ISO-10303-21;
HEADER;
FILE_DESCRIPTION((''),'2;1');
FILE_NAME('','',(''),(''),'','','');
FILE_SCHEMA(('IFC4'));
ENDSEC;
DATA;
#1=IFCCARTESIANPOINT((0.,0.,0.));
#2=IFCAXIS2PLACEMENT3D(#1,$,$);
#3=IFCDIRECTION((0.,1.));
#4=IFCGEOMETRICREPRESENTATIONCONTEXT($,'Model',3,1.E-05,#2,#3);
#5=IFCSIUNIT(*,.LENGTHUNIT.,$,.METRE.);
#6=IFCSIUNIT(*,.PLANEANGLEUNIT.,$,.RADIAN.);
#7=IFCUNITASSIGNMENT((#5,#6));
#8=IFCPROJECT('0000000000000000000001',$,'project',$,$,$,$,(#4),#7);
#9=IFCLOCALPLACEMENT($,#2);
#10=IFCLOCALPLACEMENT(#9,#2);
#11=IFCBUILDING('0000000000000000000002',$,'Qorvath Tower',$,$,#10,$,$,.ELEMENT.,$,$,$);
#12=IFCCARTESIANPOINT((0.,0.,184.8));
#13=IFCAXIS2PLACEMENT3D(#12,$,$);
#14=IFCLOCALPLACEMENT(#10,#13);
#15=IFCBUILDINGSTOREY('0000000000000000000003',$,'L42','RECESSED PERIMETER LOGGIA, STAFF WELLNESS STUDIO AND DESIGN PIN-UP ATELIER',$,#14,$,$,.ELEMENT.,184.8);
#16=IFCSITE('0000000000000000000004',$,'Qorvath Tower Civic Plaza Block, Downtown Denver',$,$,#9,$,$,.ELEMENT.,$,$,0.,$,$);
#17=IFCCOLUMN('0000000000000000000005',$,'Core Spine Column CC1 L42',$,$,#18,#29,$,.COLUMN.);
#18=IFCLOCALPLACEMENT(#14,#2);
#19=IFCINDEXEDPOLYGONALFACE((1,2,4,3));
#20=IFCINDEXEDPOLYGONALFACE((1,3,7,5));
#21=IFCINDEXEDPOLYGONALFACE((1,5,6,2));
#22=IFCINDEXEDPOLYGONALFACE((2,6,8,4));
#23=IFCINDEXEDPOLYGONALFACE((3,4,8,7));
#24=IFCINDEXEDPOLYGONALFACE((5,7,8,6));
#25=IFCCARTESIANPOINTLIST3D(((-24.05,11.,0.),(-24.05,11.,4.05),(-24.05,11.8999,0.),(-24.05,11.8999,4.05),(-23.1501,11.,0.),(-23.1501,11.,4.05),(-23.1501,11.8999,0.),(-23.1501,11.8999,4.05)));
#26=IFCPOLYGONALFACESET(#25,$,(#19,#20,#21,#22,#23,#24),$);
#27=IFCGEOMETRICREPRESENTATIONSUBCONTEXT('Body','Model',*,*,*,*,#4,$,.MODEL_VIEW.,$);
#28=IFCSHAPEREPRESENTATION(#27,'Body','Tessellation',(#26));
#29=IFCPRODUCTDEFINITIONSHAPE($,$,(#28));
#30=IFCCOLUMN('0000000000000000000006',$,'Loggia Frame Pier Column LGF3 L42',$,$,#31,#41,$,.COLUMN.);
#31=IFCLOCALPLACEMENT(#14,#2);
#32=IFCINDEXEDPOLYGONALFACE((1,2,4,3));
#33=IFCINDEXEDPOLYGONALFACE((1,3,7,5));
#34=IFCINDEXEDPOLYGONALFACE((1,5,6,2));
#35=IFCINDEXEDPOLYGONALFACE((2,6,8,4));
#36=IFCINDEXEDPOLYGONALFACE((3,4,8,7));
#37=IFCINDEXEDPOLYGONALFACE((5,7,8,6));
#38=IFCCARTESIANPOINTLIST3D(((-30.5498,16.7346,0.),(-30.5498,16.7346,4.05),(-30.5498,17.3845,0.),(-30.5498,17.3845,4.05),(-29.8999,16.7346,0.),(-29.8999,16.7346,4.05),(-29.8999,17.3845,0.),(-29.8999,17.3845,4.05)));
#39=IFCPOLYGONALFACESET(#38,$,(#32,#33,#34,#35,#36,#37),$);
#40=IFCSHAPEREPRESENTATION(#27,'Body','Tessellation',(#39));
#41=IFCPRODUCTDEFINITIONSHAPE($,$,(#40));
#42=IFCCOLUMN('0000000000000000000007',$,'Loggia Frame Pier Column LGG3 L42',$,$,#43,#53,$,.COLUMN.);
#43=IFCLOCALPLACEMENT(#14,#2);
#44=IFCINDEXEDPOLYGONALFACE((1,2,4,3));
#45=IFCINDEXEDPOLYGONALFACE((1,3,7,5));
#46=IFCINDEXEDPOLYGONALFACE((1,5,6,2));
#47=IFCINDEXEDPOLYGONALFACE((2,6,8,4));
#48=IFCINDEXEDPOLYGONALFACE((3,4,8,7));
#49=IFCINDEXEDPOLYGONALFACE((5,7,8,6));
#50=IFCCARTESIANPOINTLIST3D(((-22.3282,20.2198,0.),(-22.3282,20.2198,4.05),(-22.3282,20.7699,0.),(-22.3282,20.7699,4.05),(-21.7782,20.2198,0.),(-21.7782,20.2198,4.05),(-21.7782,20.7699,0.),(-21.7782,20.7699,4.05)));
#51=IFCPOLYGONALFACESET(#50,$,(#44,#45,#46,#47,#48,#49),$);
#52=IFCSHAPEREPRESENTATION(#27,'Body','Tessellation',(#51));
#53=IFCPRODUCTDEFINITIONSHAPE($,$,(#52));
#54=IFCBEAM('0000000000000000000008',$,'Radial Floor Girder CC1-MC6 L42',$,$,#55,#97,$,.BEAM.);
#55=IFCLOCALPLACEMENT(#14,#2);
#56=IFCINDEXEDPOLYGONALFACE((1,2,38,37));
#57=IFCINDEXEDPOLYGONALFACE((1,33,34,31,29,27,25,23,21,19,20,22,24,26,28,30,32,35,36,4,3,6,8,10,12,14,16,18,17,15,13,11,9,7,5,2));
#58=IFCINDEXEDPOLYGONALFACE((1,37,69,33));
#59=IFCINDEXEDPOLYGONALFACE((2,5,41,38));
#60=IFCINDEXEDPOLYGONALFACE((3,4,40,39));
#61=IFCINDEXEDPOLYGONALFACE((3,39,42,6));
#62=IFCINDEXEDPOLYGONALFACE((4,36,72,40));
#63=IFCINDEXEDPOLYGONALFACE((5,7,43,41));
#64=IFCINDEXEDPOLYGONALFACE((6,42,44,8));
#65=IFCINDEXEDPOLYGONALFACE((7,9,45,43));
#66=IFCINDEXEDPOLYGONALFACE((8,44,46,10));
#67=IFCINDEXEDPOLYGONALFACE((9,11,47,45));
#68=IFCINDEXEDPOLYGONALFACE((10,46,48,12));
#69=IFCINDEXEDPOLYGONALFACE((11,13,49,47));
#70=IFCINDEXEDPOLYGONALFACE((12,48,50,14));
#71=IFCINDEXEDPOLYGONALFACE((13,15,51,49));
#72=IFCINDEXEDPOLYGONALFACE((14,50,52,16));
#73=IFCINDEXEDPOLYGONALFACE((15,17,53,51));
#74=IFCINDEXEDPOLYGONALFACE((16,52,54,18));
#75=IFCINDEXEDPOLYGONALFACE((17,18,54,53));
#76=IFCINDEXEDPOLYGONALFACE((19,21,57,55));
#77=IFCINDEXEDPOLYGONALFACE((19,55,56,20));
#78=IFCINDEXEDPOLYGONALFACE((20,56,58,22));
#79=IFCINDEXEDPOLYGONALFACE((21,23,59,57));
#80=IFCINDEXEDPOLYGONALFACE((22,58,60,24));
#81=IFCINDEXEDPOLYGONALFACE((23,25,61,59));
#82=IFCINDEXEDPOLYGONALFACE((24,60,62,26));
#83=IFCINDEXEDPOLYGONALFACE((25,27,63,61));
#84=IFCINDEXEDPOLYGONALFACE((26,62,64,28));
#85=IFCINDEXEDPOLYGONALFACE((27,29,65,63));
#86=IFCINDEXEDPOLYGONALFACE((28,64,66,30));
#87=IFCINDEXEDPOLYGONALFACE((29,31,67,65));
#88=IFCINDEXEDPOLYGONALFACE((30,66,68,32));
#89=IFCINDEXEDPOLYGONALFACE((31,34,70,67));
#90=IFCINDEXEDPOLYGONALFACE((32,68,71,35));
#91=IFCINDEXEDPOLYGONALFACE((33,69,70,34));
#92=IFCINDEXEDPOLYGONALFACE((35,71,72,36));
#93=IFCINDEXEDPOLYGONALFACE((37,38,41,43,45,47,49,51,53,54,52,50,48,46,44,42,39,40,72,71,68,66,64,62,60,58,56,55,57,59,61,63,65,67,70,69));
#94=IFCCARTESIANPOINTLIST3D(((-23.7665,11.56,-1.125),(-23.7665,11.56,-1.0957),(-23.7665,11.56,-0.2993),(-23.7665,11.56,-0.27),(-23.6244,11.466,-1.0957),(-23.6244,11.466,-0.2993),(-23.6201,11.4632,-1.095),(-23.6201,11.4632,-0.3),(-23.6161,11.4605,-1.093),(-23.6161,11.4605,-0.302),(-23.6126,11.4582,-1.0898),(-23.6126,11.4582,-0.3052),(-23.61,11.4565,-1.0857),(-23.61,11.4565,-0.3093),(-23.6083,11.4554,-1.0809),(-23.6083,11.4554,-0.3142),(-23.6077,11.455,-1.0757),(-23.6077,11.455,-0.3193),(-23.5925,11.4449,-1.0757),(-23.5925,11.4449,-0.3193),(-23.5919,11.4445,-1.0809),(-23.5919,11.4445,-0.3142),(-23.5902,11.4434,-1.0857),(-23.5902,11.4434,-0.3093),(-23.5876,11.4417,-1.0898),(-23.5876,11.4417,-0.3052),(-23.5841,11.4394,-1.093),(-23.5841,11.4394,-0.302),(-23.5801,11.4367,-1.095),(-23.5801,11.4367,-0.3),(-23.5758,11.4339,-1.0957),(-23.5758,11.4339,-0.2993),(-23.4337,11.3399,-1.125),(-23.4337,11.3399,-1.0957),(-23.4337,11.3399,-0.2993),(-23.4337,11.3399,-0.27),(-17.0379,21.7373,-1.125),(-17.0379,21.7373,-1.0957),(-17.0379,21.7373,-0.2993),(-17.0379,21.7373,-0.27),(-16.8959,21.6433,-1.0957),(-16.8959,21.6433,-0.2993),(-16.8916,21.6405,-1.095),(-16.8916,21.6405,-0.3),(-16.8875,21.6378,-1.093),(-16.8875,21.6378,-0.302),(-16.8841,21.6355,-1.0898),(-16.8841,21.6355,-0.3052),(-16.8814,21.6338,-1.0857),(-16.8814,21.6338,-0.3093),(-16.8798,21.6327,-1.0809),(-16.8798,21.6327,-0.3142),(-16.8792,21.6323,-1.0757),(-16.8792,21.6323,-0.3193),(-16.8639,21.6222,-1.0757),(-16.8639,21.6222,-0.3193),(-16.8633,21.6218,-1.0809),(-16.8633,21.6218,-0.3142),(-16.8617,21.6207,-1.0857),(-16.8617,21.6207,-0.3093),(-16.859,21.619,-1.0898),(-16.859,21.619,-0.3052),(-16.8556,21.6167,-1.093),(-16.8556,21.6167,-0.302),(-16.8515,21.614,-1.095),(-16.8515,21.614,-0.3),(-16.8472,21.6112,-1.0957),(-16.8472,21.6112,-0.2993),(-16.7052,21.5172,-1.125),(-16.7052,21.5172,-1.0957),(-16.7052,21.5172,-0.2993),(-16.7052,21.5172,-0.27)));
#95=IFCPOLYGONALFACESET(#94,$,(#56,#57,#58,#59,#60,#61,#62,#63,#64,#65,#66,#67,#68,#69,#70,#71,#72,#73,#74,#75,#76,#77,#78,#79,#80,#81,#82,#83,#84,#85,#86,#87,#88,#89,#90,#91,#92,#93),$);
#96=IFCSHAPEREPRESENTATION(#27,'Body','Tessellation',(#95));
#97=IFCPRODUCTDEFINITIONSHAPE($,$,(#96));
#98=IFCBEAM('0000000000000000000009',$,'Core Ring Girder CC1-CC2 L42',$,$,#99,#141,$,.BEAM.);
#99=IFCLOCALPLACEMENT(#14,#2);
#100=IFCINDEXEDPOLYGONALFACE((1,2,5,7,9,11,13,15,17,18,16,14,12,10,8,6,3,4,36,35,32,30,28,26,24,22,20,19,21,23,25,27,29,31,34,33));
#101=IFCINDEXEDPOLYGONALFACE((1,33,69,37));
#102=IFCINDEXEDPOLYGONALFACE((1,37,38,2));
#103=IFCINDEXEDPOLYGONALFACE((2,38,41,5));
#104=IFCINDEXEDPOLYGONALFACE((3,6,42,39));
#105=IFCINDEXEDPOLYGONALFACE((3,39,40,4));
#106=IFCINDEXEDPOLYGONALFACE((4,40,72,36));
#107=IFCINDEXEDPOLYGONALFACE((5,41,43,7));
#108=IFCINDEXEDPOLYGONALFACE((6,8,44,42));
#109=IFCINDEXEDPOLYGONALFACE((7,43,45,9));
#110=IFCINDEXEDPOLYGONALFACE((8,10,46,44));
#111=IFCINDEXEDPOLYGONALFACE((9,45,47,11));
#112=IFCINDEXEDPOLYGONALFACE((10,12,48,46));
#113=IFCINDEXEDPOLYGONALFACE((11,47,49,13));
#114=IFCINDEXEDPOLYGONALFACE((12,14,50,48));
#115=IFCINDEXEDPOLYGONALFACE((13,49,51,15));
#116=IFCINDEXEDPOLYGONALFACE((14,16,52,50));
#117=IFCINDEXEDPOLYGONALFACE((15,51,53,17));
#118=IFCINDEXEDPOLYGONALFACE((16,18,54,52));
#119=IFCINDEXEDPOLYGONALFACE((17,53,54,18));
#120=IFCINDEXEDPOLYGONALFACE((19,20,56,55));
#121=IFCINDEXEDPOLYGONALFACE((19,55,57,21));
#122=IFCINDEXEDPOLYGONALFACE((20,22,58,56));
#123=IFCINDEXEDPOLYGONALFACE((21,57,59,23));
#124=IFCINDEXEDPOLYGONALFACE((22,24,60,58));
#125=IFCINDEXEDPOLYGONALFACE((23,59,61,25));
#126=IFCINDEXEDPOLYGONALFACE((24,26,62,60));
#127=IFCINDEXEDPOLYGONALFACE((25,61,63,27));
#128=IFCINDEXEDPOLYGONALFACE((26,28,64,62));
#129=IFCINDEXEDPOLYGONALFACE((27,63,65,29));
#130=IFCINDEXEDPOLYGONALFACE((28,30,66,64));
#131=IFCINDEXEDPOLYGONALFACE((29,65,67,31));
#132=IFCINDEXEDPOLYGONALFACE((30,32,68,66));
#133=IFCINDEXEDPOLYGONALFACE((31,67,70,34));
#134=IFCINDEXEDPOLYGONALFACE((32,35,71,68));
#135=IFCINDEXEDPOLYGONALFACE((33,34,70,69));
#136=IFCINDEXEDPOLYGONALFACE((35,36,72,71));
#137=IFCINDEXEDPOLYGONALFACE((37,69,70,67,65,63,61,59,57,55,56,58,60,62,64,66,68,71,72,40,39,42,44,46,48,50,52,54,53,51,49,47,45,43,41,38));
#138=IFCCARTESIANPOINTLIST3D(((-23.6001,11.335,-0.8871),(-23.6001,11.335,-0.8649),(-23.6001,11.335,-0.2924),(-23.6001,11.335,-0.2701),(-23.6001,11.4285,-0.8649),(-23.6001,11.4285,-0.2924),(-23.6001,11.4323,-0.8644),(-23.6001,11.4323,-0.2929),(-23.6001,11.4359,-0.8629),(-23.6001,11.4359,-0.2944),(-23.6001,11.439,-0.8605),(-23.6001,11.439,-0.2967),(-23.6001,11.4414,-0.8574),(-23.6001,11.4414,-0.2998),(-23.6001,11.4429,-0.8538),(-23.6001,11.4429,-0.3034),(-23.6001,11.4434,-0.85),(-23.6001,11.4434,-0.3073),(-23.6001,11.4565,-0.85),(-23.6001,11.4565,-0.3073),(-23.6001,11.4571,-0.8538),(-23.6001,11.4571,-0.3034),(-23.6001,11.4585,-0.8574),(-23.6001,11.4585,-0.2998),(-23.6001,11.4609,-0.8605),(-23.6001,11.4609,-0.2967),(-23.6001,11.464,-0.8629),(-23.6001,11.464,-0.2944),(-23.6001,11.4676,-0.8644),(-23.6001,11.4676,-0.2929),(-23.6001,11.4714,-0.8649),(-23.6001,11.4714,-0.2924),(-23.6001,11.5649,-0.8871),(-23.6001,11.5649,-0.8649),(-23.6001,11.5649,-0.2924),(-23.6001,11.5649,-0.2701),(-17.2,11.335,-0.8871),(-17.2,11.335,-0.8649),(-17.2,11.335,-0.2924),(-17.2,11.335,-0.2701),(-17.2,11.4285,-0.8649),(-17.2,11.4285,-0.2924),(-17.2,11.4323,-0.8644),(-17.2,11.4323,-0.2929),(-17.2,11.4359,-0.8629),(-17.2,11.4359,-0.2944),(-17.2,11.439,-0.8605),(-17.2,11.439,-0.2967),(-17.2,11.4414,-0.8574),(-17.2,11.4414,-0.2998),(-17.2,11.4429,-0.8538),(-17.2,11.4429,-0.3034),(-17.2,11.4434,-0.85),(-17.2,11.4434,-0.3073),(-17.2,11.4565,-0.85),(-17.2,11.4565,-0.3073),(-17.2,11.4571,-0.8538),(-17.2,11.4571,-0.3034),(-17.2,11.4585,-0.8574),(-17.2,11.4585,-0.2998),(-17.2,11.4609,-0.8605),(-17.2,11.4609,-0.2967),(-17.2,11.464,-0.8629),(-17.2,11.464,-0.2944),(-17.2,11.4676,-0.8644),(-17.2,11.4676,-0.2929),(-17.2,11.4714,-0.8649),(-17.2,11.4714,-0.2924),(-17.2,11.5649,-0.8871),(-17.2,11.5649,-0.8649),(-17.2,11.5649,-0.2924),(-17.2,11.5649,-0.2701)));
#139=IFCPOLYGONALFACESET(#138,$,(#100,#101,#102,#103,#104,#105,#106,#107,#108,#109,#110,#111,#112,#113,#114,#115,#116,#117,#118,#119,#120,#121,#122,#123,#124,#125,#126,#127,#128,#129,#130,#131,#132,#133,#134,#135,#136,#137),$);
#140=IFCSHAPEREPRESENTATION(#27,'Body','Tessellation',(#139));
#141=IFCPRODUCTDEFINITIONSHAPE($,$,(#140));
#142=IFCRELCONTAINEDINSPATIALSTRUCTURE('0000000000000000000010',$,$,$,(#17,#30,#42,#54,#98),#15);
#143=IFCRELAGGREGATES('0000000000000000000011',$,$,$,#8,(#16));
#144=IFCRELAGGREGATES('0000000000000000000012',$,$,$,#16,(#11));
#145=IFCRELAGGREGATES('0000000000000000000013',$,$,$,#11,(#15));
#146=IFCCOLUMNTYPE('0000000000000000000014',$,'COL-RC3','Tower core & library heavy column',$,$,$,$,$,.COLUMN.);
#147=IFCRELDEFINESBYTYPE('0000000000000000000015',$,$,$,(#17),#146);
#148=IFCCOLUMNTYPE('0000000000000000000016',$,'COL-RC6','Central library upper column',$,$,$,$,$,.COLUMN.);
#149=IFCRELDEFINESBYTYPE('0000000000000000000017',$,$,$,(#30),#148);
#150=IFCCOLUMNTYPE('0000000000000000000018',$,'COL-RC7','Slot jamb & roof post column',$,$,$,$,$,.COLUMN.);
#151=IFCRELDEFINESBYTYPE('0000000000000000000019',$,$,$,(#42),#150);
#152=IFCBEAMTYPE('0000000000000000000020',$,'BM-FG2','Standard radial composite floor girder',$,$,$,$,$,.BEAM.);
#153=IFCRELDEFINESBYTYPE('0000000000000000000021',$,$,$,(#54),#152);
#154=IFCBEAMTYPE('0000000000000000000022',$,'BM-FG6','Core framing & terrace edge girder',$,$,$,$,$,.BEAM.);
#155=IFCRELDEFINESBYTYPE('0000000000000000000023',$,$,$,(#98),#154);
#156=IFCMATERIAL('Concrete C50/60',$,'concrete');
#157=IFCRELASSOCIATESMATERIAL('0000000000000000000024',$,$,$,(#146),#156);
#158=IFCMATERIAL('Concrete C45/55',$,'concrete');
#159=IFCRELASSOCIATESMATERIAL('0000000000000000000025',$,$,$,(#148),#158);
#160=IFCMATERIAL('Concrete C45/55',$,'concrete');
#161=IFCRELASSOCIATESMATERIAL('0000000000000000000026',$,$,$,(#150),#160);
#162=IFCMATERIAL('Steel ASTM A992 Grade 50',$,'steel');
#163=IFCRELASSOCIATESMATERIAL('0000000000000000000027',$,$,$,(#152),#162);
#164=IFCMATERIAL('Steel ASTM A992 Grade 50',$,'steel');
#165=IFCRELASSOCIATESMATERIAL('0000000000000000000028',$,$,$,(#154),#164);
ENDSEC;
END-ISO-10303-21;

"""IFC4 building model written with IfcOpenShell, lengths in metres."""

from ifc_helpers import new_model, si_unit, direction, frame, origin, origin_2d, place, context, subcontext, project, spatial, rectangle, i_section, extrude, material, material_profile, profile_set, type_object, element, save


model = new_model("IFC4")

# Units and contexts
model_context = context("Model", 3, precision=1e-05, world=origin(), true_north=direction((0.0, 1.0)))
body_context = subcontext(model_context, "Body", "Model", "MODEL_VIEW")
ifc_project = project(units=[si_unit("LENGTHUNIT", "METRE"), si_unit("PLANEANGLEUNIT", "RADIAN")], contexts=[model_context])

# Site, building, storey
site_placement = place(None, origin())
site = spatial("IfcSite", under=ifc_project, at=site_placement, Name="Qorvath Tower Civic Plaza Block, Downtown Denver", CompositionType="ELEMENT", RefElevation=0.0)
building_placement = place(site_placement, origin())
building = spatial("IfcBuilding", under=site, at=building_placement, Name="Qorvath Tower", CompositionType="ELEMENT")
storey_placement = place(building_placement, frame((0.0, 0.0, 184.8)))
storey = spatial("IfcBuildingStorey", under=building, at=storey_placement, Name="L42", Description="RECESSED PERIMETER LOGGIA, STAFF WELLNESS STUDIO AND DESIGN PIN-UP ATELIER", CompositionType="ELEMENT", Elevation=184.8)

# Columns
ifc_material_1 = material(Name="Concrete C50/60", Category="concrete")
ifc_material_profile_1 = material_profile(ifc_material_1, rectangle(XDim=0.8999, YDim=0.8999, at=origin_2d()), Name="RC 900x900")
ifc_profile_set_1 = profile_set([ifc_material_profile_1], Name="Concrete C50/60")
column_type_1 = type_object("IfcColumnType", Name="COL-RC3", Description="Tower core & library heavy column", PredefinedType="COLUMN", material=ifc_profile_set_1)
column_1_placement = place(storey_placement, frame((-23.6001, 11.45, 0.0), z_axis=(0.0, 0.0, 1.0), x_axis=(1.0, 0.0, 0.0)))
element("IfcColumn", 1, at=column_1_placement, inside=storey, type_object=column_type_1, Name="Core Spine Column CC1 L42", PredefinedType="COLUMN", context=body_context, shape_type="SweptSolid", body=[
    extrude(rectangle(XDim=0.8999, YDim=0.8999, at=origin_2d()), origin(), (0.0, 0.0, 1.0), 4.05),
])
ifc_material_2 = material(Name="Concrete C45/55", Category="concrete")
ifc_material_profile_2 = material_profile(ifc_material_2, rectangle(XDim=0.6499, YDim=0.6499, at=origin_2d()), Name="RC 650x650")
ifc_profile_set_2 = profile_set([ifc_material_profile_2], Name="Concrete C45/55")
column_type_2 = type_object("IfcColumnType", Name="COL-RC6", Description="Central library upper column", PredefinedType="COLUMN", material=ifc_profile_set_2)
column_2_placement = place(storey_placement, frame((-30.2249, 17.0596, 0.0), z_axis=(0.0, 0.0, 1.0), x_axis=(1.0, 0.0, 0.0)))
element("IfcColumn", 2, at=column_2_placement, inside=storey, type_object=column_type_2, Name="Loggia Frame Pier Column LGF3 L42", PredefinedType="COLUMN", context=body_context, shape_type="SweptSolid", body=[
    extrude(rectangle(XDim=0.6499, YDim=0.6499, at=origin_2d()), origin(), (0.0, 0.0, 1.0), 4.05),
])
ifc_material_3 = material(Name="Concrete C45/55", Category="concrete")
ifc_material_profile_3 = material_profile(ifc_material_3, rectangle(XDim=0.55, YDim=0.55, at=origin_2d()), Name="RC 550x550")
ifc_profile_set_3 = profile_set([ifc_material_profile_3], Name="Concrete C45/55")
column_type_3 = type_object("IfcColumnType", Name="COL-RC7", Description="Slot jamb & roof post column", PredefinedType="COLUMN", material=ifc_profile_set_3)
column_3_placement = place(storey_placement, frame((-22.0532, 20.4949, 0.0), z_axis=(0.0, 0.0, 1.0), x_axis=(1.0, 0.0, 0.0)))
element("IfcColumn", 3, at=column_3_placement, inside=storey, type_object=column_type_3, Name="Loggia Frame Pier Column LGG3 L42", PredefinedType="COLUMN", context=body_context, shape_type="SweptSolid", body=[
    extrude(rectangle(XDim=0.55, YDim=0.55, at=origin_2d()), origin(), (0.0, 0.0, 1.0), 4.05),
])

# Beams
ifc_material_4 = material(Name="Steel ASTM A992 Grade 50", Category="steel")
ifc_material_profile_4 = material_profile(ifc_material_4, i_section(OverallWidth=0.3989, OverallDepth=0.855, WebThickness=0.0183, FlangeThickness=0.0293, FilletRadius=0.02, at=origin_2d()), Name="W33x201")
ifc_profile_set_4 = profile_set([ifc_material_profile_4], Name="Steel ASTM A992 Grade 50")
beam_type_1 = type_object("IfcBeamType", Name="BM-FG2", Description="Standard radial composite floor girder", PredefinedType="BEAM", material=ifc_profile_set_4)
beam_1_placement = place(storey_placement, frame((-23.6001, 11.45, -0.6975), z_axis=(0.551501, 0.834175, 0.0), x_axis=(-0.834175, 0.551501, 0.0)))
element("IfcBeam", 4, at=beam_1_placement, inside=storey, type_object=beam_type_1, Name="Radial Floor Girder CC1-MC6 L42", PredefinedType="BEAM", context=body_context, shape_type="SweptSolid", body=[
    extrude(i_section(OverallWidth=0.3989, OverallDepth=0.855, WebThickness=0.0183, FlangeThickness=0.0293, FilletRadius=0.02, at=origin_2d()), origin(), (0.0, 0.0, 1.0), 12.2004),
])
ifc_material_5 = material(Name="Steel ASTM A992 Grade 50", Category="steel")
ifc_material_profile_5 = material_profile(ifc_material_5, i_section(OverallWidth=0.23, OverallDepth=0.6169, WebThickness=0.0132, FlangeThickness=0.0222, FilletRadius=0.0149, at=origin_2d()), Name="W24x94")
ifc_profile_set_5 = profile_set([ifc_material_profile_5], Name="Steel ASTM A992 Grade 50")
beam_type_2 = type_object("IfcBeamType", Name="BM-FG6", Description="Core framing & terrace edge girder", PredefinedType="BEAM", material=ifc_profile_set_5)
beam_2_placement = place(storey_placement, frame((-23.6001, 11.45, -0.5786), z_axis=(1.0, 0.0, 0.0), x_axis=(0.0, 1.0, 0.0)))
element("IfcBeam", 5, at=beam_2_placement, inside=storey, type_object=beam_type_2, Name="Core Ring Girder CC1-CC2 L42", PredefinedType="BEAM", context=body_context, shape_type="SweptSolid", body=[
    extrude(i_section(OverallWidth=0.23, OverallDepth=0.6169, WebThickness=0.0132, FlangeThickness=0.0222, FilletRadius=0.0149, at=origin_2d()), origin(), (0.0, 0.0, 1.0), 6.4001),
])

save(model, "model.ifc")
